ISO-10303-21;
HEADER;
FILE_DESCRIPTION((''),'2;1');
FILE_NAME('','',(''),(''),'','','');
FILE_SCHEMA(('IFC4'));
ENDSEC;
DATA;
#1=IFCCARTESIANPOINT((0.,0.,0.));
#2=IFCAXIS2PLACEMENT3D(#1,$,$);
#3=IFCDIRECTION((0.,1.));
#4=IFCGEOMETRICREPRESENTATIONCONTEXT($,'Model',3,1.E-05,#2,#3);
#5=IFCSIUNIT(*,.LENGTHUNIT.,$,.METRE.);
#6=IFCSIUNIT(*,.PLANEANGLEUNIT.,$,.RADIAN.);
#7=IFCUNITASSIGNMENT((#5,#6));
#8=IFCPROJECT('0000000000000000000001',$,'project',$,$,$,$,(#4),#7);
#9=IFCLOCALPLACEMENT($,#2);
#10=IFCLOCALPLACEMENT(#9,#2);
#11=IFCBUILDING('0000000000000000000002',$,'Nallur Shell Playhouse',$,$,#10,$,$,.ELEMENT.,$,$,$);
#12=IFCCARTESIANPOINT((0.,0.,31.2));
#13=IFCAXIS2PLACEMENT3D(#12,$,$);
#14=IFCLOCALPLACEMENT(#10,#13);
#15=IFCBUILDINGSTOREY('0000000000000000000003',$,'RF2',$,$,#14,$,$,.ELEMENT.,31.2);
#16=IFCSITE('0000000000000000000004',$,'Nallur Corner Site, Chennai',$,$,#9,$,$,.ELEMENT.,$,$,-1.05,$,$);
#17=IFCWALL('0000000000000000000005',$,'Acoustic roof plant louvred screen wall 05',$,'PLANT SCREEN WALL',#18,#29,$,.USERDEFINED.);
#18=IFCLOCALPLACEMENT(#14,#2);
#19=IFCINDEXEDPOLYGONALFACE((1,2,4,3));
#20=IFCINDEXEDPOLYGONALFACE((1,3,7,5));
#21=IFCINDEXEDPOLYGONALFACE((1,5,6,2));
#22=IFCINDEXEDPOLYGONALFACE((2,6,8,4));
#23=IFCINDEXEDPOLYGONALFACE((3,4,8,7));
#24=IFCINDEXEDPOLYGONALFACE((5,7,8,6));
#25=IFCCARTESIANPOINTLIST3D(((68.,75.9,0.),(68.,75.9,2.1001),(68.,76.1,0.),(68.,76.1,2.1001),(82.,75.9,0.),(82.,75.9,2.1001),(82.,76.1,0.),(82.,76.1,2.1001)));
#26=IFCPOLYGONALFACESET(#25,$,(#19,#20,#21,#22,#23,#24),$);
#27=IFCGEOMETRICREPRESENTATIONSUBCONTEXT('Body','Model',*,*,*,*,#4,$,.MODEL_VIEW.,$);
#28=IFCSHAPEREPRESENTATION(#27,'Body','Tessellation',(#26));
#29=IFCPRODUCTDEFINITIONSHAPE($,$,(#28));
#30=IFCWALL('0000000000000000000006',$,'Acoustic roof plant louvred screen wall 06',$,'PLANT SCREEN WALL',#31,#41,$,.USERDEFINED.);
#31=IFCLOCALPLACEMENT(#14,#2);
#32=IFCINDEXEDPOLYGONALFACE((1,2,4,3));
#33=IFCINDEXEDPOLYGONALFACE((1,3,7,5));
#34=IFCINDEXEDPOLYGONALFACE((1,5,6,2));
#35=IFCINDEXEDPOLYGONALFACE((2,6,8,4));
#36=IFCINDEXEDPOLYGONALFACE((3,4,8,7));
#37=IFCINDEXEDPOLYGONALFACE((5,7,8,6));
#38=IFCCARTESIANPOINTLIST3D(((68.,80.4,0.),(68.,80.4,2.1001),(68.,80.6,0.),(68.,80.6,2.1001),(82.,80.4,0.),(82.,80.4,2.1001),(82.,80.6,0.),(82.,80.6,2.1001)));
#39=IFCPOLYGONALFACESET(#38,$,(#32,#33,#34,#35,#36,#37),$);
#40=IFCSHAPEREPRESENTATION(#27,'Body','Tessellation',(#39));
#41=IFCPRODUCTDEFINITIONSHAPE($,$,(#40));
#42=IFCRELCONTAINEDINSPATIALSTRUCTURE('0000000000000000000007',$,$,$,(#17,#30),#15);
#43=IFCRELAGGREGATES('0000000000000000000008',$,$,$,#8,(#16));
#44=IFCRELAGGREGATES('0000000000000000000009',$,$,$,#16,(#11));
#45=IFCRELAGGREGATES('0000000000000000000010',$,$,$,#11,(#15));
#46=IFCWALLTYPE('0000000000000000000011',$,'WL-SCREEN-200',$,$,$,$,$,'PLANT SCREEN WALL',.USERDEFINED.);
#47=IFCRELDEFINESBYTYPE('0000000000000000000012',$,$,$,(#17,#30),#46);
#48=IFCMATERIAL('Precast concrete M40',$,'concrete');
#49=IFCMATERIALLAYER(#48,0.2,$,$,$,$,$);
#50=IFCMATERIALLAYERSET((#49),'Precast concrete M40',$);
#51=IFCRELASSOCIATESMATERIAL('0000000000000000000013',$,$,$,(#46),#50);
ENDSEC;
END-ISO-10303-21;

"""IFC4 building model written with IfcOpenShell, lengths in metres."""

from ifc_helpers import new_model, si_unit, direction, frame, frame_2d, origin, place, context, subcontext, project, spatial, rectangle, extrude, material, layer, layer_set, type_object, element, save


model = new_model("IFC4")

# Units and contexts
model_context = context("Model", 3, precision=1e-05, world=origin(), true_north=direction((0.0, 1.0)))
body_context = subcontext(model_context, "Body", "Model", "MODEL_VIEW")
ifc_project = project(units=[si_unit("LENGTHUNIT", "METRE"), si_unit("PLANEANGLEUNIT", "RADIAN")], contexts=[model_context])

# Site, building, storey
site_placement = place(None, origin())
site = spatial("IfcSite", under=ifc_project, at=site_placement, Name="Nallur Corner Site, Chennai", CompositionType="ELEMENT", RefElevation=-1.05)
building_placement = place(site_placement, origin())
building = spatial("IfcBuilding", under=site, at=building_placement, Name="Nallur Shell Playhouse", CompositionType="ELEMENT")
storey_placement = place(building_placement, frame((0.0, 0.0, 31.2)))
storey = spatial("IfcBuildingStorey", under=building, at=storey_placement, Name="RF2", CompositionType="ELEMENT", Elevation=31.2)

# Walls
ifc_material_1 = material(Name="Precast concrete M40", Category="concrete")
ifc_layer_1 = layer(ifc_material_1, 0.2)
ifc_layer_set_1 = layer_set([ifc_layer_1], Name="Precast concrete M40")
wall_type_1 = type_object("IfcWallType", Name="WL-SCREEN-200", ElementType="PLANT SCREEN WALL", PredefinedType="USERDEFINED", material=ifc_layer_set_1)
for number, where, z_axis, x_axis, name in (
    (1, (68.0, 76.0, 0.0), (0.0, 0.0, 1.0), (1.0, 0.0, 0.0), "Acoustic roof plant louvred screen wall 05"),
    (2, (68.0, 80.5, 0.0), (0.0, 0.0, 1.0), (1.0, 0.0, 0.0), "Acoustic roof plant louvred screen wall 06"),
):
    element("IfcWall", number, at=place(storey_placement, frame(where, z_axis=z_axis, x_axis=x_axis)), inside=storey, type_object=wall_type_1, Name=name, ObjectType="PLANT SCREEN WALL", PredefinedType="USERDEFINED", context=body_context, shape_type="SweptSolid", body=[
        extrude(rectangle(XDim=14.0, YDim=0.2, at=frame_2d((7.0, 0.0))), origin(), (0.0, 0.0, 1.0), 2.1001),
    ])

save(model, "model.ifc")
